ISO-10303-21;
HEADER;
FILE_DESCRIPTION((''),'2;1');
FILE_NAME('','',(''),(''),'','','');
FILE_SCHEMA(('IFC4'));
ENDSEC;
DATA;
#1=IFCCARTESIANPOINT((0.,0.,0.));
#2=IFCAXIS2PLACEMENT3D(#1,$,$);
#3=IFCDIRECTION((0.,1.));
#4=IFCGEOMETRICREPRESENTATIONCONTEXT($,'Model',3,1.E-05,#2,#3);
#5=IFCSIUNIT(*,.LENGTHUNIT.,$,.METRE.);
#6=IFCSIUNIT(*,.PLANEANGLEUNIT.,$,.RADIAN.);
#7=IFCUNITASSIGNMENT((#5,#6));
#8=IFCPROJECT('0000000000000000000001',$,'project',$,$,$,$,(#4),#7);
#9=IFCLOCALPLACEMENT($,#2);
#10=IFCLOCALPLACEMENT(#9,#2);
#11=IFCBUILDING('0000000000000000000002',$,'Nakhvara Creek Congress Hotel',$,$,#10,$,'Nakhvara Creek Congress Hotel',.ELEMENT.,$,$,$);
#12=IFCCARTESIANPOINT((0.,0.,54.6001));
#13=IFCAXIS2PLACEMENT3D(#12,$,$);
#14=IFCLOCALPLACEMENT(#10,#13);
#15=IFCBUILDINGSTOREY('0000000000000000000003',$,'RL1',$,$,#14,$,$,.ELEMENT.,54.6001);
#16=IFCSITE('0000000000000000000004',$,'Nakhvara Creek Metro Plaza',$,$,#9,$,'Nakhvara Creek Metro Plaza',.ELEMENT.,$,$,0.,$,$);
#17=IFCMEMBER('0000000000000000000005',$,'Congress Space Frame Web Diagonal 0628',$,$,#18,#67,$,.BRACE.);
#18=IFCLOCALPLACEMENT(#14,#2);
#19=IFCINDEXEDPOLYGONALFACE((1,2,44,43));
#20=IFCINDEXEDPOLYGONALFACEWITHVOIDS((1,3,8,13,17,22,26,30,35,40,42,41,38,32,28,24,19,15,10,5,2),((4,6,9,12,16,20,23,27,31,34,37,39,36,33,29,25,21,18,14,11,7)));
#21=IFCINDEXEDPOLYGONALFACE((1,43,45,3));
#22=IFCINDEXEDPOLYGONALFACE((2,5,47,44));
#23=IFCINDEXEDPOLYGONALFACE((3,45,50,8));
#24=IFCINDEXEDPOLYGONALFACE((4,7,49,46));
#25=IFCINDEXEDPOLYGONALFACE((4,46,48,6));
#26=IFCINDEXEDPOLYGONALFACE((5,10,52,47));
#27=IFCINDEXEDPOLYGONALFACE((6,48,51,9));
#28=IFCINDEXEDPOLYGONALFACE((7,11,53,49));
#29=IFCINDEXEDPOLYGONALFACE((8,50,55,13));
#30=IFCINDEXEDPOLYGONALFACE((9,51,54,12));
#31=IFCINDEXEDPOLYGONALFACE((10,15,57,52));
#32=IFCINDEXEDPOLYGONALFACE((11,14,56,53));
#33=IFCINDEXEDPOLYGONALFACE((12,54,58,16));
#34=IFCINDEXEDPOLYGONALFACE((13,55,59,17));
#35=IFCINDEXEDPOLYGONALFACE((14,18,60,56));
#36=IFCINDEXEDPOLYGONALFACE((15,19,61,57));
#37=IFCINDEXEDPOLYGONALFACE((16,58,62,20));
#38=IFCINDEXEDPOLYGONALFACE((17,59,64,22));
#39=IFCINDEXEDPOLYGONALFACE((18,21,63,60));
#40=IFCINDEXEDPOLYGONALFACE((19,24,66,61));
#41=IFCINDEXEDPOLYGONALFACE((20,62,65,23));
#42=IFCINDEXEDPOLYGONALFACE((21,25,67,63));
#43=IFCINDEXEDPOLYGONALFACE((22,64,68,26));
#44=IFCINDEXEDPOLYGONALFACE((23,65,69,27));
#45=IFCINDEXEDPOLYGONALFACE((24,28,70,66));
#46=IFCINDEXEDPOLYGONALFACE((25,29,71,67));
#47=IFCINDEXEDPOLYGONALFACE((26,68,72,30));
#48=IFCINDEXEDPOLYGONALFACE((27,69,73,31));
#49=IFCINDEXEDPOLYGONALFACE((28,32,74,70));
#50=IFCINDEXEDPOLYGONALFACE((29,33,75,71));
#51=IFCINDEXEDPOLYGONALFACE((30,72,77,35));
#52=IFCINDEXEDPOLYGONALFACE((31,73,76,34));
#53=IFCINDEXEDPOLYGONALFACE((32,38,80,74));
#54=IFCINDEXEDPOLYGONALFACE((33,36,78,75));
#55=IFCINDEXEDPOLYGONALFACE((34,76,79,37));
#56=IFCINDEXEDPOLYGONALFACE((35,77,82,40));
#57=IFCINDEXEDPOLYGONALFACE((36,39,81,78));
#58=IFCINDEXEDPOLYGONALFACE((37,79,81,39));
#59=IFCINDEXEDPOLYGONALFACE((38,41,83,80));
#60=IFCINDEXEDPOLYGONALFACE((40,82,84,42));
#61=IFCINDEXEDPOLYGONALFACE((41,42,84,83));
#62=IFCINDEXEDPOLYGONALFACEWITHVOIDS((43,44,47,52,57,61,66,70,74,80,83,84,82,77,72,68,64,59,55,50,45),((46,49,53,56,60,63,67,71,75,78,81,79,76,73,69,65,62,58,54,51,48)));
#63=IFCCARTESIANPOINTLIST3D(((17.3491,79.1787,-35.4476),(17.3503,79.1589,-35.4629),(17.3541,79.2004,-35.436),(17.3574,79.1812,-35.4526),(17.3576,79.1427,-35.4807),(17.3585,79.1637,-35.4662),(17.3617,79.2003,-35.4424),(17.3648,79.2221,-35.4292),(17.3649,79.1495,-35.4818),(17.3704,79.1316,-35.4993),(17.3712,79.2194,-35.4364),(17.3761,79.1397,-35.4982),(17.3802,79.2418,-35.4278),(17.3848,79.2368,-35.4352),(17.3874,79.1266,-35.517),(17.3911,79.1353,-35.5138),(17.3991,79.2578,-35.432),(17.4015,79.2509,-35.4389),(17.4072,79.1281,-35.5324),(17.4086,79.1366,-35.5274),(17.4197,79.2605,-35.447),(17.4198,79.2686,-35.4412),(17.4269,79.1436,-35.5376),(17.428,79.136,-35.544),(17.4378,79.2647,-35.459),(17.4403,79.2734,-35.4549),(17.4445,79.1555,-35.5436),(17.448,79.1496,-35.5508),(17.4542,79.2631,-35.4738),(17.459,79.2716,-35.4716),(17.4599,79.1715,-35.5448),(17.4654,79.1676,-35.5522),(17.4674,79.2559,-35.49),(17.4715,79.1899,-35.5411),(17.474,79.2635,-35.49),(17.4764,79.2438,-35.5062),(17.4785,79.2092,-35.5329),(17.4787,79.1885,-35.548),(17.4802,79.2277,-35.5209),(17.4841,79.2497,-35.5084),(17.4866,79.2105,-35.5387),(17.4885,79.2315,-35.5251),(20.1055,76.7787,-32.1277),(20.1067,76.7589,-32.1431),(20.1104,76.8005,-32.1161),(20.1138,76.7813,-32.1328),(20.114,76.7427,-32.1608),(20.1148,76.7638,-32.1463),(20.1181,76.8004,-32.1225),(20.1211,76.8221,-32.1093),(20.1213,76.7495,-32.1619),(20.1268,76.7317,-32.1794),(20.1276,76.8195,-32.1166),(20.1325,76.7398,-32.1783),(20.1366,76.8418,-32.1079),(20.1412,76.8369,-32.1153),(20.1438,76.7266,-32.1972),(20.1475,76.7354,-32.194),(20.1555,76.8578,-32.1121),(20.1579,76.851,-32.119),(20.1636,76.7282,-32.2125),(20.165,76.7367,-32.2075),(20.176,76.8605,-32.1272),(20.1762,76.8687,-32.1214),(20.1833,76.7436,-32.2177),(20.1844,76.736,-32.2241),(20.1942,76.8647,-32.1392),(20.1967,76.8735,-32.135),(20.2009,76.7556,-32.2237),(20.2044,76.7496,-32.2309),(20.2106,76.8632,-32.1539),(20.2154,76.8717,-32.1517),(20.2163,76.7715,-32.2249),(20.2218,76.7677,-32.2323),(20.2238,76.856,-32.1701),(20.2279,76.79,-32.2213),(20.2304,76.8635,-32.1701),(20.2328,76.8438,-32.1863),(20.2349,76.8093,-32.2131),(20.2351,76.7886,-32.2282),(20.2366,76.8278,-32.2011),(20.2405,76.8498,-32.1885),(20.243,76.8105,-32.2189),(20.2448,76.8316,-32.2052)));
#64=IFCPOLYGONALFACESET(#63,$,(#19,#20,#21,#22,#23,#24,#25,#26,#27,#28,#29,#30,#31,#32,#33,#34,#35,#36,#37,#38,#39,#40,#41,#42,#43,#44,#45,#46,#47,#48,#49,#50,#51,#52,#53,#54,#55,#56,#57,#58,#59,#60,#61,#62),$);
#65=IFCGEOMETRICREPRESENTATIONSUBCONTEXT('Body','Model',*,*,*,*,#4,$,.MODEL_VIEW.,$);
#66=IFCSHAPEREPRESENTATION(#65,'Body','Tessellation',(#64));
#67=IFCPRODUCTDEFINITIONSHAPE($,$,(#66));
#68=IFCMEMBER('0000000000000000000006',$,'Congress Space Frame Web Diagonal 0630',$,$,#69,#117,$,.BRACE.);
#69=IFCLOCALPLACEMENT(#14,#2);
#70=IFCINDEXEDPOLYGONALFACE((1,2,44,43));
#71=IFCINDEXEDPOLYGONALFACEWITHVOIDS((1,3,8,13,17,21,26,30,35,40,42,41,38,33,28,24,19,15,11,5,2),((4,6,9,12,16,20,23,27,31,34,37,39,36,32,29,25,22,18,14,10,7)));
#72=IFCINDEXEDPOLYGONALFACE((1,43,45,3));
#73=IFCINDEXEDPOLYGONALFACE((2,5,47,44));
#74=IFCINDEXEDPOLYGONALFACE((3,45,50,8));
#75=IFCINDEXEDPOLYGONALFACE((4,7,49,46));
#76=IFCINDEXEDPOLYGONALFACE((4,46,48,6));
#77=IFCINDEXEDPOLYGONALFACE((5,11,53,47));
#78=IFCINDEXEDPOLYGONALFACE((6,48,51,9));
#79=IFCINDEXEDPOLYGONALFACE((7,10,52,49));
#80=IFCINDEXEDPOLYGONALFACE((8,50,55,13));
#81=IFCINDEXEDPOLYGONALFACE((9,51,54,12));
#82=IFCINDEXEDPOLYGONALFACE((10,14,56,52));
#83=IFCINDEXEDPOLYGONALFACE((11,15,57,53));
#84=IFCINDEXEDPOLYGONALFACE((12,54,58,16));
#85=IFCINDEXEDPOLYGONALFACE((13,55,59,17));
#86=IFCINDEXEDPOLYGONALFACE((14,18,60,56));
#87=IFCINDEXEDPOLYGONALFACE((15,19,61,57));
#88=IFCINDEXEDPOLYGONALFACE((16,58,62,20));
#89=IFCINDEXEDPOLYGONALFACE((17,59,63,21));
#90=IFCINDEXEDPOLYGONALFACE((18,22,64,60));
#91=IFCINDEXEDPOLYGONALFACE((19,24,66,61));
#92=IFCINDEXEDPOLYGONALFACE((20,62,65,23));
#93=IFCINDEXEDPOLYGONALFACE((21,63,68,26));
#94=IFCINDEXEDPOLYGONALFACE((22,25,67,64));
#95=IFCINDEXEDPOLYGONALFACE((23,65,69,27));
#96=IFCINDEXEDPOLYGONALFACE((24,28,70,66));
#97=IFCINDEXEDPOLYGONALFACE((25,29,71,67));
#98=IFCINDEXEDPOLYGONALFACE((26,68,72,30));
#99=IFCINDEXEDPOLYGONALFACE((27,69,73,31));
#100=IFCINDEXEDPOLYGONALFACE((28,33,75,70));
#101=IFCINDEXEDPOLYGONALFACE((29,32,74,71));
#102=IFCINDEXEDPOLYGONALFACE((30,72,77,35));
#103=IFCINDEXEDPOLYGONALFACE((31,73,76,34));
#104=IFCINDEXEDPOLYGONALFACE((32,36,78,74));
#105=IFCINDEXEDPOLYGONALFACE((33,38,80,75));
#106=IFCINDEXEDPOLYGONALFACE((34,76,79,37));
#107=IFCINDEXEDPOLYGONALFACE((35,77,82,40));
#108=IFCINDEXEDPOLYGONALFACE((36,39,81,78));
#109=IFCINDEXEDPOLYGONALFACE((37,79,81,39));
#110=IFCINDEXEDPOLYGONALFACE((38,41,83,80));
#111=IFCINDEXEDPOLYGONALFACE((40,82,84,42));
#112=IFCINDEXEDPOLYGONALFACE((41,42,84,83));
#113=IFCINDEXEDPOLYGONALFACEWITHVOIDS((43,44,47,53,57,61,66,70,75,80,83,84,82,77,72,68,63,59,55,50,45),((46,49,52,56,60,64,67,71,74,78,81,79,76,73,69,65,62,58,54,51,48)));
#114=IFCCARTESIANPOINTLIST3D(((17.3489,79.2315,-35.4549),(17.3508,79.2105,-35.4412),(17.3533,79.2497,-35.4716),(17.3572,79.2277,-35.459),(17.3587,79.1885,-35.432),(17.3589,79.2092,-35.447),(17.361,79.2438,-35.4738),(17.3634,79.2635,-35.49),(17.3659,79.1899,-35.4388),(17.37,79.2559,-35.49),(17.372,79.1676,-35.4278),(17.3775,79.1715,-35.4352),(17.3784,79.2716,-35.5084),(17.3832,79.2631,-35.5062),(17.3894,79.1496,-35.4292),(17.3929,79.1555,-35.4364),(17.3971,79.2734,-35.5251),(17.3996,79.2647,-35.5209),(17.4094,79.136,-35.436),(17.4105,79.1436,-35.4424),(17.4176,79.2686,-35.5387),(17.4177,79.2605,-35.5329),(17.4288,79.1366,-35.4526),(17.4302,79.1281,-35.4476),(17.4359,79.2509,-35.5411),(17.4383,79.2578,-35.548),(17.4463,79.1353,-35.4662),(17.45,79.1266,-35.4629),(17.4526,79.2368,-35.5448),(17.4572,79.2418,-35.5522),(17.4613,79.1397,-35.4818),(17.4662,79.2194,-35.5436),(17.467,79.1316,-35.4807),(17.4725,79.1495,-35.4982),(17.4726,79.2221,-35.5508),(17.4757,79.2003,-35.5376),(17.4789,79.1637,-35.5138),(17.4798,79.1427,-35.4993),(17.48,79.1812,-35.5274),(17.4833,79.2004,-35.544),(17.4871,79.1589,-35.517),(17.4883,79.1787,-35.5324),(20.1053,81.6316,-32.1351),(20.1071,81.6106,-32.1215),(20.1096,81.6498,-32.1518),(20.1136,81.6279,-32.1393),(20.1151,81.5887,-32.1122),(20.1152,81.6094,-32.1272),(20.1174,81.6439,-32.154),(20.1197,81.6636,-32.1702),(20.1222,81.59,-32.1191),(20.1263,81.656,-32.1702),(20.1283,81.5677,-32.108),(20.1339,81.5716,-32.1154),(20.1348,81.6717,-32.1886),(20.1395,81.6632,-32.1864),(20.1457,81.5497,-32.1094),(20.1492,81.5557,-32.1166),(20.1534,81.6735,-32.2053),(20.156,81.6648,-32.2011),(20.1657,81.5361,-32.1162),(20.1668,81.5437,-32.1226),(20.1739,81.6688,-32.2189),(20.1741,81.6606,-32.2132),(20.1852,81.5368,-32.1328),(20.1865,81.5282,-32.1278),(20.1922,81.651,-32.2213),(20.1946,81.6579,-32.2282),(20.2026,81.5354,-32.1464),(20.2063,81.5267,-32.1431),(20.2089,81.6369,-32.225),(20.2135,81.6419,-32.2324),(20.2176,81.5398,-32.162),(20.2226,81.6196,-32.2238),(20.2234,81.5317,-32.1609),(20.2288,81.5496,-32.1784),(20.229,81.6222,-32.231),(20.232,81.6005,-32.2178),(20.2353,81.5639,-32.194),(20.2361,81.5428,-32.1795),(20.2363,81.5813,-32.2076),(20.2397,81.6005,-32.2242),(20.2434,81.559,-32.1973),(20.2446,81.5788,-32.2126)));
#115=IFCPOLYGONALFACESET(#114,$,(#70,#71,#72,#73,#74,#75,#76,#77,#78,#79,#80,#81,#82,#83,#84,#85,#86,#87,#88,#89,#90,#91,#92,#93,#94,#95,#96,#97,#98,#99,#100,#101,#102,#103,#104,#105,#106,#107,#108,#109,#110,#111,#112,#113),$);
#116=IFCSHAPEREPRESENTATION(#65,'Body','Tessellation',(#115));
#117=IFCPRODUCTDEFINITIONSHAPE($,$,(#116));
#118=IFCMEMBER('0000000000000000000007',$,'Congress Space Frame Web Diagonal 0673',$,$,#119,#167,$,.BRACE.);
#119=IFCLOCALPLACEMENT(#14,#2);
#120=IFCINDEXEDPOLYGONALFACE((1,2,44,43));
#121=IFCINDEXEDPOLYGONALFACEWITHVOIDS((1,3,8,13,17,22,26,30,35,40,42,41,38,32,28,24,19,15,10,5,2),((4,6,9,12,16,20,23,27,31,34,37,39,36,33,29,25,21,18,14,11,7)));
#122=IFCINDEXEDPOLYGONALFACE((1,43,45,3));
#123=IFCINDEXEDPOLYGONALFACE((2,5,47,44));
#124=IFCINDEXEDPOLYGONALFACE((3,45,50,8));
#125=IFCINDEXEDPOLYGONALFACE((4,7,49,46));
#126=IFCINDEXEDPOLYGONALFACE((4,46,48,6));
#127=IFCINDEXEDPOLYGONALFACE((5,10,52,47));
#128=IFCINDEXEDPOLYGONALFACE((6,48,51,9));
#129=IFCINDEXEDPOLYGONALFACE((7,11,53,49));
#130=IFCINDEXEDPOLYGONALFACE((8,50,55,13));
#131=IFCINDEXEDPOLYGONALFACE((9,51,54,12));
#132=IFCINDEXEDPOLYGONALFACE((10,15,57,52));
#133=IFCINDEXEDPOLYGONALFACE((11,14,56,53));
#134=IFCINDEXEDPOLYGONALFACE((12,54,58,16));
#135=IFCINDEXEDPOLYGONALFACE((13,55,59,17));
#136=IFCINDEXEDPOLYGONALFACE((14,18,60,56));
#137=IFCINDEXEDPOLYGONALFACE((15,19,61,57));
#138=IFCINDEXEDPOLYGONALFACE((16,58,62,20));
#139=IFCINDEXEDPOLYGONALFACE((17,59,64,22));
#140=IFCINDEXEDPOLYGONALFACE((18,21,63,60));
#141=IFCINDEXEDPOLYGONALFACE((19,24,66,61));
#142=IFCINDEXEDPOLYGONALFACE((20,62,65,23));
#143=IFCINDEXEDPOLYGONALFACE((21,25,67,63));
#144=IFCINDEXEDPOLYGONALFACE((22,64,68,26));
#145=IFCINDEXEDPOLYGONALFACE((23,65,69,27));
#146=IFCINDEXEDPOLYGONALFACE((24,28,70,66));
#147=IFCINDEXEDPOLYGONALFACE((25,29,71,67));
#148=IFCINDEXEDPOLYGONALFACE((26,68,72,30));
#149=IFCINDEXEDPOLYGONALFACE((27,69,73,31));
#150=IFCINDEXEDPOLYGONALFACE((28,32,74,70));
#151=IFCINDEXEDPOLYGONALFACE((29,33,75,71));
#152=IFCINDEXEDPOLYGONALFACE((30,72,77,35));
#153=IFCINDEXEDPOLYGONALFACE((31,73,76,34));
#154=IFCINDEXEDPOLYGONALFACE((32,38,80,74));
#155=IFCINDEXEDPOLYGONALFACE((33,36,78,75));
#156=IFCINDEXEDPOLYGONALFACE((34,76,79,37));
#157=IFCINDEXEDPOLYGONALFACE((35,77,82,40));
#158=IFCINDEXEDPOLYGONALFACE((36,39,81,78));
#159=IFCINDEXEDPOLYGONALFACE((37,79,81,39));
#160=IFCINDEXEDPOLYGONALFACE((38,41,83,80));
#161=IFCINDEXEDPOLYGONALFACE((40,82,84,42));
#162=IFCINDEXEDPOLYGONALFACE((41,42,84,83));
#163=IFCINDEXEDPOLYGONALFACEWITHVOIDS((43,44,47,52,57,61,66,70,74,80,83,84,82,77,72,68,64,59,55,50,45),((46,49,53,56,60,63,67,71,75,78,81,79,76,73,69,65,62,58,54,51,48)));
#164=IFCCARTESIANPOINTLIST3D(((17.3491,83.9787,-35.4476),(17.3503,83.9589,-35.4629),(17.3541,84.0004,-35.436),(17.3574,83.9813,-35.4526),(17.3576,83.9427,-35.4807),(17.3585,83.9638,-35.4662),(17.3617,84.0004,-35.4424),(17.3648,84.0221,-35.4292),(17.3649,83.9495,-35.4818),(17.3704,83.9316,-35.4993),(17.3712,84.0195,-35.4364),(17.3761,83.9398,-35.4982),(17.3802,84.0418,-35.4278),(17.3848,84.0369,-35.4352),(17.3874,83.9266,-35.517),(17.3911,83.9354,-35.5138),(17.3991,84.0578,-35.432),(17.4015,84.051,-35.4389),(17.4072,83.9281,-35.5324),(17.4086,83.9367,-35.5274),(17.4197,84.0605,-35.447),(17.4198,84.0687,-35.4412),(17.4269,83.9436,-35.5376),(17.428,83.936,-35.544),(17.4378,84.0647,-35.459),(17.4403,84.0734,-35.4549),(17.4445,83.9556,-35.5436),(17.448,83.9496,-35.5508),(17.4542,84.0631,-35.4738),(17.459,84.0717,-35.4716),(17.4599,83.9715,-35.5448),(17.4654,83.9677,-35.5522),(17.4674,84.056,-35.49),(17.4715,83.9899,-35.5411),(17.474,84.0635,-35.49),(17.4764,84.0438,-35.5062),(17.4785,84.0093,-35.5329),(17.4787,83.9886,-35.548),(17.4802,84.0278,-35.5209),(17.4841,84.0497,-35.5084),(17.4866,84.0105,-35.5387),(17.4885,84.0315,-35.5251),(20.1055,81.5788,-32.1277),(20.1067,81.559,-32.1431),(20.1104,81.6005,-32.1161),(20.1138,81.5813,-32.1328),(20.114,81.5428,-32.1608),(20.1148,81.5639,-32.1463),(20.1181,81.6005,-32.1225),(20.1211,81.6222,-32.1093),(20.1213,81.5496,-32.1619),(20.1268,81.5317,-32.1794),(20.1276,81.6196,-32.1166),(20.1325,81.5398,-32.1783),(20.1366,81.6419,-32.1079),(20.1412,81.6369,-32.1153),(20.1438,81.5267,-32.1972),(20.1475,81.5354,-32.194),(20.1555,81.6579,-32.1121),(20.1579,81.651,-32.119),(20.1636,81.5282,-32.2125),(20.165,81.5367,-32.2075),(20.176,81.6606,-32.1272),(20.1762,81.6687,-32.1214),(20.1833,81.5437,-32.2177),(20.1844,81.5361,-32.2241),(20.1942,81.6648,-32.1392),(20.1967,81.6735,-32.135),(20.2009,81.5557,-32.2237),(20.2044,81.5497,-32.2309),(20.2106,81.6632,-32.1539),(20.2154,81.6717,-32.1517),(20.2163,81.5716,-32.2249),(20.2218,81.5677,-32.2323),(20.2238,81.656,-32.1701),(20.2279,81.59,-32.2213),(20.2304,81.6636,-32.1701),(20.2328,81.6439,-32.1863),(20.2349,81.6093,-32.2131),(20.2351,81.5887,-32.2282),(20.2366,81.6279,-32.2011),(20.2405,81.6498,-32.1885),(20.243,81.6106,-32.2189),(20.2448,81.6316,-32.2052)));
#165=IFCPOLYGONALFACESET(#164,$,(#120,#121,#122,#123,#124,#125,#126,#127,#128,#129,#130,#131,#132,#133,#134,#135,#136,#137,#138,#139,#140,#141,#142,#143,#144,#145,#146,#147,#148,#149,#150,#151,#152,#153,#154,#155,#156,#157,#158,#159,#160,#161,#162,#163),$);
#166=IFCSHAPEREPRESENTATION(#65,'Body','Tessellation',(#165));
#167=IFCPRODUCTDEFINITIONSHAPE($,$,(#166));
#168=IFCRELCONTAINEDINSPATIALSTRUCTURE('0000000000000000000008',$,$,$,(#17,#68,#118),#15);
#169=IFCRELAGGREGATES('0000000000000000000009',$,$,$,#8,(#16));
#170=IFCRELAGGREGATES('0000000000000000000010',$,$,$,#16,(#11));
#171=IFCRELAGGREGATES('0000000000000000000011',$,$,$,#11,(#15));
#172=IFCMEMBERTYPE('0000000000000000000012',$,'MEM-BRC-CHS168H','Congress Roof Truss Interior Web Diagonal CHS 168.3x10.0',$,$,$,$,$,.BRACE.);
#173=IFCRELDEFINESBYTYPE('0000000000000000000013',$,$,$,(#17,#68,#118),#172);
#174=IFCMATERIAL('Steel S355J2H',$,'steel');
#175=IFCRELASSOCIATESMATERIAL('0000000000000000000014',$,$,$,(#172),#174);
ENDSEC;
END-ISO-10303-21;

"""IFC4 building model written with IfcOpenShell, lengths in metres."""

from ifc_helpers import new_model, si_unit, direction, frame, origin, origin_2d, place, context, subcontext, project, spatial, hollow_circle, extrude, material, material_profile, profile_set, type_object, element, save


model = new_model("IFC4")

# Units and contexts
model_context = context("Model", 3, precision=1e-05, world=origin(), true_north=direction((0.0, 1.0)))
body_context = subcontext(model_context, "Body", "Model", "MODEL_VIEW")
ifc_project = project(units=[si_unit("LENGTHUNIT", "METRE"), si_unit("PLANEANGLEUNIT", "RADIAN")], contexts=[model_context])

# Site, building, storey
site_placement = place(None, origin())
site = spatial("IfcSite", under=ifc_project, at=site_placement, Name="Nakhvara Creek Metro Plaza", LongName="Nakhvara Creek Metro Plaza", CompositionType="ELEMENT", RefElevation=0.0)
building_placement = place(site_placement, origin())
building = spatial("IfcBuilding", under=site, at=building_placement, Name="Nakhvara Creek Congress Hotel", LongName="Nakhvara Creek Congress Hotel", CompositionType="ELEMENT")
storey_placement = place(building_placement, frame((0.0, 0.0, 54.6001)))
storey = spatial("IfcBuildingStorey", under=building, at=storey_placement, Name="RL1", CompositionType="ELEMENT", Elevation=54.6001)

# Members
ifc_material_1 = material(Name="Steel S355J2H", Category="steel")
ifc_material_profile_1 = material_profile(ifc_material_1, hollow_circle(Radius=0.0842, WallThickness=0.01, at=origin_2d()), Name="CHS 168.3x10.0", Category="LoadBearing")
ifc_profile_set_1 = profile_set([ifc_material_profile_1], Name="Steel S355J2H")
member_type_1 = type_object("IfcMemberType", Name="MEM-BRC-CHS168H", Description="Congress Roof Truss Interior Web Diagonal CHS 168.3x10.0", PredefinedType="BRACE", material=ifc_profile_set_1)
for number, where, z_axis, x_axis, name in (
    (1, (17.4187, 79.2, -35.49), (0.558256, -0.486063, 0.672379), (0.656658, 0.754188, 0.0), "Congress Space Frame Web Diagonal 0628"),
    (2, (17.4187, 79.2, -35.49), (0.558242, 0.486101, 0.672363), (-0.656696, 0.754155, 0.0), "Congress Space Frame Web Diagonal 0630"),
    (3, (17.4187, 84.0, -35.49), (0.558256, -0.486063, 0.672379), (0.656658, 0.754188, 0.0), "Congress Space Frame Web Diagonal 0673"),
):
    element("IfcMember", number, at=place(storey_placement, frame(where, z_axis=z_axis, x_axis=x_axis)), inside=storey, type_object=member_type_1, Name=name, PredefinedType="BRACE", context=body_context, shape_type="SweptSolid", body=[
        extrude(hollow_circle(Radius=0.0842, WallThickness=0.01, at=origin_2d()), origin(), (0.0, 0.0, 1.0), 4.9375),
    ])

save(model, "model.ifc")
